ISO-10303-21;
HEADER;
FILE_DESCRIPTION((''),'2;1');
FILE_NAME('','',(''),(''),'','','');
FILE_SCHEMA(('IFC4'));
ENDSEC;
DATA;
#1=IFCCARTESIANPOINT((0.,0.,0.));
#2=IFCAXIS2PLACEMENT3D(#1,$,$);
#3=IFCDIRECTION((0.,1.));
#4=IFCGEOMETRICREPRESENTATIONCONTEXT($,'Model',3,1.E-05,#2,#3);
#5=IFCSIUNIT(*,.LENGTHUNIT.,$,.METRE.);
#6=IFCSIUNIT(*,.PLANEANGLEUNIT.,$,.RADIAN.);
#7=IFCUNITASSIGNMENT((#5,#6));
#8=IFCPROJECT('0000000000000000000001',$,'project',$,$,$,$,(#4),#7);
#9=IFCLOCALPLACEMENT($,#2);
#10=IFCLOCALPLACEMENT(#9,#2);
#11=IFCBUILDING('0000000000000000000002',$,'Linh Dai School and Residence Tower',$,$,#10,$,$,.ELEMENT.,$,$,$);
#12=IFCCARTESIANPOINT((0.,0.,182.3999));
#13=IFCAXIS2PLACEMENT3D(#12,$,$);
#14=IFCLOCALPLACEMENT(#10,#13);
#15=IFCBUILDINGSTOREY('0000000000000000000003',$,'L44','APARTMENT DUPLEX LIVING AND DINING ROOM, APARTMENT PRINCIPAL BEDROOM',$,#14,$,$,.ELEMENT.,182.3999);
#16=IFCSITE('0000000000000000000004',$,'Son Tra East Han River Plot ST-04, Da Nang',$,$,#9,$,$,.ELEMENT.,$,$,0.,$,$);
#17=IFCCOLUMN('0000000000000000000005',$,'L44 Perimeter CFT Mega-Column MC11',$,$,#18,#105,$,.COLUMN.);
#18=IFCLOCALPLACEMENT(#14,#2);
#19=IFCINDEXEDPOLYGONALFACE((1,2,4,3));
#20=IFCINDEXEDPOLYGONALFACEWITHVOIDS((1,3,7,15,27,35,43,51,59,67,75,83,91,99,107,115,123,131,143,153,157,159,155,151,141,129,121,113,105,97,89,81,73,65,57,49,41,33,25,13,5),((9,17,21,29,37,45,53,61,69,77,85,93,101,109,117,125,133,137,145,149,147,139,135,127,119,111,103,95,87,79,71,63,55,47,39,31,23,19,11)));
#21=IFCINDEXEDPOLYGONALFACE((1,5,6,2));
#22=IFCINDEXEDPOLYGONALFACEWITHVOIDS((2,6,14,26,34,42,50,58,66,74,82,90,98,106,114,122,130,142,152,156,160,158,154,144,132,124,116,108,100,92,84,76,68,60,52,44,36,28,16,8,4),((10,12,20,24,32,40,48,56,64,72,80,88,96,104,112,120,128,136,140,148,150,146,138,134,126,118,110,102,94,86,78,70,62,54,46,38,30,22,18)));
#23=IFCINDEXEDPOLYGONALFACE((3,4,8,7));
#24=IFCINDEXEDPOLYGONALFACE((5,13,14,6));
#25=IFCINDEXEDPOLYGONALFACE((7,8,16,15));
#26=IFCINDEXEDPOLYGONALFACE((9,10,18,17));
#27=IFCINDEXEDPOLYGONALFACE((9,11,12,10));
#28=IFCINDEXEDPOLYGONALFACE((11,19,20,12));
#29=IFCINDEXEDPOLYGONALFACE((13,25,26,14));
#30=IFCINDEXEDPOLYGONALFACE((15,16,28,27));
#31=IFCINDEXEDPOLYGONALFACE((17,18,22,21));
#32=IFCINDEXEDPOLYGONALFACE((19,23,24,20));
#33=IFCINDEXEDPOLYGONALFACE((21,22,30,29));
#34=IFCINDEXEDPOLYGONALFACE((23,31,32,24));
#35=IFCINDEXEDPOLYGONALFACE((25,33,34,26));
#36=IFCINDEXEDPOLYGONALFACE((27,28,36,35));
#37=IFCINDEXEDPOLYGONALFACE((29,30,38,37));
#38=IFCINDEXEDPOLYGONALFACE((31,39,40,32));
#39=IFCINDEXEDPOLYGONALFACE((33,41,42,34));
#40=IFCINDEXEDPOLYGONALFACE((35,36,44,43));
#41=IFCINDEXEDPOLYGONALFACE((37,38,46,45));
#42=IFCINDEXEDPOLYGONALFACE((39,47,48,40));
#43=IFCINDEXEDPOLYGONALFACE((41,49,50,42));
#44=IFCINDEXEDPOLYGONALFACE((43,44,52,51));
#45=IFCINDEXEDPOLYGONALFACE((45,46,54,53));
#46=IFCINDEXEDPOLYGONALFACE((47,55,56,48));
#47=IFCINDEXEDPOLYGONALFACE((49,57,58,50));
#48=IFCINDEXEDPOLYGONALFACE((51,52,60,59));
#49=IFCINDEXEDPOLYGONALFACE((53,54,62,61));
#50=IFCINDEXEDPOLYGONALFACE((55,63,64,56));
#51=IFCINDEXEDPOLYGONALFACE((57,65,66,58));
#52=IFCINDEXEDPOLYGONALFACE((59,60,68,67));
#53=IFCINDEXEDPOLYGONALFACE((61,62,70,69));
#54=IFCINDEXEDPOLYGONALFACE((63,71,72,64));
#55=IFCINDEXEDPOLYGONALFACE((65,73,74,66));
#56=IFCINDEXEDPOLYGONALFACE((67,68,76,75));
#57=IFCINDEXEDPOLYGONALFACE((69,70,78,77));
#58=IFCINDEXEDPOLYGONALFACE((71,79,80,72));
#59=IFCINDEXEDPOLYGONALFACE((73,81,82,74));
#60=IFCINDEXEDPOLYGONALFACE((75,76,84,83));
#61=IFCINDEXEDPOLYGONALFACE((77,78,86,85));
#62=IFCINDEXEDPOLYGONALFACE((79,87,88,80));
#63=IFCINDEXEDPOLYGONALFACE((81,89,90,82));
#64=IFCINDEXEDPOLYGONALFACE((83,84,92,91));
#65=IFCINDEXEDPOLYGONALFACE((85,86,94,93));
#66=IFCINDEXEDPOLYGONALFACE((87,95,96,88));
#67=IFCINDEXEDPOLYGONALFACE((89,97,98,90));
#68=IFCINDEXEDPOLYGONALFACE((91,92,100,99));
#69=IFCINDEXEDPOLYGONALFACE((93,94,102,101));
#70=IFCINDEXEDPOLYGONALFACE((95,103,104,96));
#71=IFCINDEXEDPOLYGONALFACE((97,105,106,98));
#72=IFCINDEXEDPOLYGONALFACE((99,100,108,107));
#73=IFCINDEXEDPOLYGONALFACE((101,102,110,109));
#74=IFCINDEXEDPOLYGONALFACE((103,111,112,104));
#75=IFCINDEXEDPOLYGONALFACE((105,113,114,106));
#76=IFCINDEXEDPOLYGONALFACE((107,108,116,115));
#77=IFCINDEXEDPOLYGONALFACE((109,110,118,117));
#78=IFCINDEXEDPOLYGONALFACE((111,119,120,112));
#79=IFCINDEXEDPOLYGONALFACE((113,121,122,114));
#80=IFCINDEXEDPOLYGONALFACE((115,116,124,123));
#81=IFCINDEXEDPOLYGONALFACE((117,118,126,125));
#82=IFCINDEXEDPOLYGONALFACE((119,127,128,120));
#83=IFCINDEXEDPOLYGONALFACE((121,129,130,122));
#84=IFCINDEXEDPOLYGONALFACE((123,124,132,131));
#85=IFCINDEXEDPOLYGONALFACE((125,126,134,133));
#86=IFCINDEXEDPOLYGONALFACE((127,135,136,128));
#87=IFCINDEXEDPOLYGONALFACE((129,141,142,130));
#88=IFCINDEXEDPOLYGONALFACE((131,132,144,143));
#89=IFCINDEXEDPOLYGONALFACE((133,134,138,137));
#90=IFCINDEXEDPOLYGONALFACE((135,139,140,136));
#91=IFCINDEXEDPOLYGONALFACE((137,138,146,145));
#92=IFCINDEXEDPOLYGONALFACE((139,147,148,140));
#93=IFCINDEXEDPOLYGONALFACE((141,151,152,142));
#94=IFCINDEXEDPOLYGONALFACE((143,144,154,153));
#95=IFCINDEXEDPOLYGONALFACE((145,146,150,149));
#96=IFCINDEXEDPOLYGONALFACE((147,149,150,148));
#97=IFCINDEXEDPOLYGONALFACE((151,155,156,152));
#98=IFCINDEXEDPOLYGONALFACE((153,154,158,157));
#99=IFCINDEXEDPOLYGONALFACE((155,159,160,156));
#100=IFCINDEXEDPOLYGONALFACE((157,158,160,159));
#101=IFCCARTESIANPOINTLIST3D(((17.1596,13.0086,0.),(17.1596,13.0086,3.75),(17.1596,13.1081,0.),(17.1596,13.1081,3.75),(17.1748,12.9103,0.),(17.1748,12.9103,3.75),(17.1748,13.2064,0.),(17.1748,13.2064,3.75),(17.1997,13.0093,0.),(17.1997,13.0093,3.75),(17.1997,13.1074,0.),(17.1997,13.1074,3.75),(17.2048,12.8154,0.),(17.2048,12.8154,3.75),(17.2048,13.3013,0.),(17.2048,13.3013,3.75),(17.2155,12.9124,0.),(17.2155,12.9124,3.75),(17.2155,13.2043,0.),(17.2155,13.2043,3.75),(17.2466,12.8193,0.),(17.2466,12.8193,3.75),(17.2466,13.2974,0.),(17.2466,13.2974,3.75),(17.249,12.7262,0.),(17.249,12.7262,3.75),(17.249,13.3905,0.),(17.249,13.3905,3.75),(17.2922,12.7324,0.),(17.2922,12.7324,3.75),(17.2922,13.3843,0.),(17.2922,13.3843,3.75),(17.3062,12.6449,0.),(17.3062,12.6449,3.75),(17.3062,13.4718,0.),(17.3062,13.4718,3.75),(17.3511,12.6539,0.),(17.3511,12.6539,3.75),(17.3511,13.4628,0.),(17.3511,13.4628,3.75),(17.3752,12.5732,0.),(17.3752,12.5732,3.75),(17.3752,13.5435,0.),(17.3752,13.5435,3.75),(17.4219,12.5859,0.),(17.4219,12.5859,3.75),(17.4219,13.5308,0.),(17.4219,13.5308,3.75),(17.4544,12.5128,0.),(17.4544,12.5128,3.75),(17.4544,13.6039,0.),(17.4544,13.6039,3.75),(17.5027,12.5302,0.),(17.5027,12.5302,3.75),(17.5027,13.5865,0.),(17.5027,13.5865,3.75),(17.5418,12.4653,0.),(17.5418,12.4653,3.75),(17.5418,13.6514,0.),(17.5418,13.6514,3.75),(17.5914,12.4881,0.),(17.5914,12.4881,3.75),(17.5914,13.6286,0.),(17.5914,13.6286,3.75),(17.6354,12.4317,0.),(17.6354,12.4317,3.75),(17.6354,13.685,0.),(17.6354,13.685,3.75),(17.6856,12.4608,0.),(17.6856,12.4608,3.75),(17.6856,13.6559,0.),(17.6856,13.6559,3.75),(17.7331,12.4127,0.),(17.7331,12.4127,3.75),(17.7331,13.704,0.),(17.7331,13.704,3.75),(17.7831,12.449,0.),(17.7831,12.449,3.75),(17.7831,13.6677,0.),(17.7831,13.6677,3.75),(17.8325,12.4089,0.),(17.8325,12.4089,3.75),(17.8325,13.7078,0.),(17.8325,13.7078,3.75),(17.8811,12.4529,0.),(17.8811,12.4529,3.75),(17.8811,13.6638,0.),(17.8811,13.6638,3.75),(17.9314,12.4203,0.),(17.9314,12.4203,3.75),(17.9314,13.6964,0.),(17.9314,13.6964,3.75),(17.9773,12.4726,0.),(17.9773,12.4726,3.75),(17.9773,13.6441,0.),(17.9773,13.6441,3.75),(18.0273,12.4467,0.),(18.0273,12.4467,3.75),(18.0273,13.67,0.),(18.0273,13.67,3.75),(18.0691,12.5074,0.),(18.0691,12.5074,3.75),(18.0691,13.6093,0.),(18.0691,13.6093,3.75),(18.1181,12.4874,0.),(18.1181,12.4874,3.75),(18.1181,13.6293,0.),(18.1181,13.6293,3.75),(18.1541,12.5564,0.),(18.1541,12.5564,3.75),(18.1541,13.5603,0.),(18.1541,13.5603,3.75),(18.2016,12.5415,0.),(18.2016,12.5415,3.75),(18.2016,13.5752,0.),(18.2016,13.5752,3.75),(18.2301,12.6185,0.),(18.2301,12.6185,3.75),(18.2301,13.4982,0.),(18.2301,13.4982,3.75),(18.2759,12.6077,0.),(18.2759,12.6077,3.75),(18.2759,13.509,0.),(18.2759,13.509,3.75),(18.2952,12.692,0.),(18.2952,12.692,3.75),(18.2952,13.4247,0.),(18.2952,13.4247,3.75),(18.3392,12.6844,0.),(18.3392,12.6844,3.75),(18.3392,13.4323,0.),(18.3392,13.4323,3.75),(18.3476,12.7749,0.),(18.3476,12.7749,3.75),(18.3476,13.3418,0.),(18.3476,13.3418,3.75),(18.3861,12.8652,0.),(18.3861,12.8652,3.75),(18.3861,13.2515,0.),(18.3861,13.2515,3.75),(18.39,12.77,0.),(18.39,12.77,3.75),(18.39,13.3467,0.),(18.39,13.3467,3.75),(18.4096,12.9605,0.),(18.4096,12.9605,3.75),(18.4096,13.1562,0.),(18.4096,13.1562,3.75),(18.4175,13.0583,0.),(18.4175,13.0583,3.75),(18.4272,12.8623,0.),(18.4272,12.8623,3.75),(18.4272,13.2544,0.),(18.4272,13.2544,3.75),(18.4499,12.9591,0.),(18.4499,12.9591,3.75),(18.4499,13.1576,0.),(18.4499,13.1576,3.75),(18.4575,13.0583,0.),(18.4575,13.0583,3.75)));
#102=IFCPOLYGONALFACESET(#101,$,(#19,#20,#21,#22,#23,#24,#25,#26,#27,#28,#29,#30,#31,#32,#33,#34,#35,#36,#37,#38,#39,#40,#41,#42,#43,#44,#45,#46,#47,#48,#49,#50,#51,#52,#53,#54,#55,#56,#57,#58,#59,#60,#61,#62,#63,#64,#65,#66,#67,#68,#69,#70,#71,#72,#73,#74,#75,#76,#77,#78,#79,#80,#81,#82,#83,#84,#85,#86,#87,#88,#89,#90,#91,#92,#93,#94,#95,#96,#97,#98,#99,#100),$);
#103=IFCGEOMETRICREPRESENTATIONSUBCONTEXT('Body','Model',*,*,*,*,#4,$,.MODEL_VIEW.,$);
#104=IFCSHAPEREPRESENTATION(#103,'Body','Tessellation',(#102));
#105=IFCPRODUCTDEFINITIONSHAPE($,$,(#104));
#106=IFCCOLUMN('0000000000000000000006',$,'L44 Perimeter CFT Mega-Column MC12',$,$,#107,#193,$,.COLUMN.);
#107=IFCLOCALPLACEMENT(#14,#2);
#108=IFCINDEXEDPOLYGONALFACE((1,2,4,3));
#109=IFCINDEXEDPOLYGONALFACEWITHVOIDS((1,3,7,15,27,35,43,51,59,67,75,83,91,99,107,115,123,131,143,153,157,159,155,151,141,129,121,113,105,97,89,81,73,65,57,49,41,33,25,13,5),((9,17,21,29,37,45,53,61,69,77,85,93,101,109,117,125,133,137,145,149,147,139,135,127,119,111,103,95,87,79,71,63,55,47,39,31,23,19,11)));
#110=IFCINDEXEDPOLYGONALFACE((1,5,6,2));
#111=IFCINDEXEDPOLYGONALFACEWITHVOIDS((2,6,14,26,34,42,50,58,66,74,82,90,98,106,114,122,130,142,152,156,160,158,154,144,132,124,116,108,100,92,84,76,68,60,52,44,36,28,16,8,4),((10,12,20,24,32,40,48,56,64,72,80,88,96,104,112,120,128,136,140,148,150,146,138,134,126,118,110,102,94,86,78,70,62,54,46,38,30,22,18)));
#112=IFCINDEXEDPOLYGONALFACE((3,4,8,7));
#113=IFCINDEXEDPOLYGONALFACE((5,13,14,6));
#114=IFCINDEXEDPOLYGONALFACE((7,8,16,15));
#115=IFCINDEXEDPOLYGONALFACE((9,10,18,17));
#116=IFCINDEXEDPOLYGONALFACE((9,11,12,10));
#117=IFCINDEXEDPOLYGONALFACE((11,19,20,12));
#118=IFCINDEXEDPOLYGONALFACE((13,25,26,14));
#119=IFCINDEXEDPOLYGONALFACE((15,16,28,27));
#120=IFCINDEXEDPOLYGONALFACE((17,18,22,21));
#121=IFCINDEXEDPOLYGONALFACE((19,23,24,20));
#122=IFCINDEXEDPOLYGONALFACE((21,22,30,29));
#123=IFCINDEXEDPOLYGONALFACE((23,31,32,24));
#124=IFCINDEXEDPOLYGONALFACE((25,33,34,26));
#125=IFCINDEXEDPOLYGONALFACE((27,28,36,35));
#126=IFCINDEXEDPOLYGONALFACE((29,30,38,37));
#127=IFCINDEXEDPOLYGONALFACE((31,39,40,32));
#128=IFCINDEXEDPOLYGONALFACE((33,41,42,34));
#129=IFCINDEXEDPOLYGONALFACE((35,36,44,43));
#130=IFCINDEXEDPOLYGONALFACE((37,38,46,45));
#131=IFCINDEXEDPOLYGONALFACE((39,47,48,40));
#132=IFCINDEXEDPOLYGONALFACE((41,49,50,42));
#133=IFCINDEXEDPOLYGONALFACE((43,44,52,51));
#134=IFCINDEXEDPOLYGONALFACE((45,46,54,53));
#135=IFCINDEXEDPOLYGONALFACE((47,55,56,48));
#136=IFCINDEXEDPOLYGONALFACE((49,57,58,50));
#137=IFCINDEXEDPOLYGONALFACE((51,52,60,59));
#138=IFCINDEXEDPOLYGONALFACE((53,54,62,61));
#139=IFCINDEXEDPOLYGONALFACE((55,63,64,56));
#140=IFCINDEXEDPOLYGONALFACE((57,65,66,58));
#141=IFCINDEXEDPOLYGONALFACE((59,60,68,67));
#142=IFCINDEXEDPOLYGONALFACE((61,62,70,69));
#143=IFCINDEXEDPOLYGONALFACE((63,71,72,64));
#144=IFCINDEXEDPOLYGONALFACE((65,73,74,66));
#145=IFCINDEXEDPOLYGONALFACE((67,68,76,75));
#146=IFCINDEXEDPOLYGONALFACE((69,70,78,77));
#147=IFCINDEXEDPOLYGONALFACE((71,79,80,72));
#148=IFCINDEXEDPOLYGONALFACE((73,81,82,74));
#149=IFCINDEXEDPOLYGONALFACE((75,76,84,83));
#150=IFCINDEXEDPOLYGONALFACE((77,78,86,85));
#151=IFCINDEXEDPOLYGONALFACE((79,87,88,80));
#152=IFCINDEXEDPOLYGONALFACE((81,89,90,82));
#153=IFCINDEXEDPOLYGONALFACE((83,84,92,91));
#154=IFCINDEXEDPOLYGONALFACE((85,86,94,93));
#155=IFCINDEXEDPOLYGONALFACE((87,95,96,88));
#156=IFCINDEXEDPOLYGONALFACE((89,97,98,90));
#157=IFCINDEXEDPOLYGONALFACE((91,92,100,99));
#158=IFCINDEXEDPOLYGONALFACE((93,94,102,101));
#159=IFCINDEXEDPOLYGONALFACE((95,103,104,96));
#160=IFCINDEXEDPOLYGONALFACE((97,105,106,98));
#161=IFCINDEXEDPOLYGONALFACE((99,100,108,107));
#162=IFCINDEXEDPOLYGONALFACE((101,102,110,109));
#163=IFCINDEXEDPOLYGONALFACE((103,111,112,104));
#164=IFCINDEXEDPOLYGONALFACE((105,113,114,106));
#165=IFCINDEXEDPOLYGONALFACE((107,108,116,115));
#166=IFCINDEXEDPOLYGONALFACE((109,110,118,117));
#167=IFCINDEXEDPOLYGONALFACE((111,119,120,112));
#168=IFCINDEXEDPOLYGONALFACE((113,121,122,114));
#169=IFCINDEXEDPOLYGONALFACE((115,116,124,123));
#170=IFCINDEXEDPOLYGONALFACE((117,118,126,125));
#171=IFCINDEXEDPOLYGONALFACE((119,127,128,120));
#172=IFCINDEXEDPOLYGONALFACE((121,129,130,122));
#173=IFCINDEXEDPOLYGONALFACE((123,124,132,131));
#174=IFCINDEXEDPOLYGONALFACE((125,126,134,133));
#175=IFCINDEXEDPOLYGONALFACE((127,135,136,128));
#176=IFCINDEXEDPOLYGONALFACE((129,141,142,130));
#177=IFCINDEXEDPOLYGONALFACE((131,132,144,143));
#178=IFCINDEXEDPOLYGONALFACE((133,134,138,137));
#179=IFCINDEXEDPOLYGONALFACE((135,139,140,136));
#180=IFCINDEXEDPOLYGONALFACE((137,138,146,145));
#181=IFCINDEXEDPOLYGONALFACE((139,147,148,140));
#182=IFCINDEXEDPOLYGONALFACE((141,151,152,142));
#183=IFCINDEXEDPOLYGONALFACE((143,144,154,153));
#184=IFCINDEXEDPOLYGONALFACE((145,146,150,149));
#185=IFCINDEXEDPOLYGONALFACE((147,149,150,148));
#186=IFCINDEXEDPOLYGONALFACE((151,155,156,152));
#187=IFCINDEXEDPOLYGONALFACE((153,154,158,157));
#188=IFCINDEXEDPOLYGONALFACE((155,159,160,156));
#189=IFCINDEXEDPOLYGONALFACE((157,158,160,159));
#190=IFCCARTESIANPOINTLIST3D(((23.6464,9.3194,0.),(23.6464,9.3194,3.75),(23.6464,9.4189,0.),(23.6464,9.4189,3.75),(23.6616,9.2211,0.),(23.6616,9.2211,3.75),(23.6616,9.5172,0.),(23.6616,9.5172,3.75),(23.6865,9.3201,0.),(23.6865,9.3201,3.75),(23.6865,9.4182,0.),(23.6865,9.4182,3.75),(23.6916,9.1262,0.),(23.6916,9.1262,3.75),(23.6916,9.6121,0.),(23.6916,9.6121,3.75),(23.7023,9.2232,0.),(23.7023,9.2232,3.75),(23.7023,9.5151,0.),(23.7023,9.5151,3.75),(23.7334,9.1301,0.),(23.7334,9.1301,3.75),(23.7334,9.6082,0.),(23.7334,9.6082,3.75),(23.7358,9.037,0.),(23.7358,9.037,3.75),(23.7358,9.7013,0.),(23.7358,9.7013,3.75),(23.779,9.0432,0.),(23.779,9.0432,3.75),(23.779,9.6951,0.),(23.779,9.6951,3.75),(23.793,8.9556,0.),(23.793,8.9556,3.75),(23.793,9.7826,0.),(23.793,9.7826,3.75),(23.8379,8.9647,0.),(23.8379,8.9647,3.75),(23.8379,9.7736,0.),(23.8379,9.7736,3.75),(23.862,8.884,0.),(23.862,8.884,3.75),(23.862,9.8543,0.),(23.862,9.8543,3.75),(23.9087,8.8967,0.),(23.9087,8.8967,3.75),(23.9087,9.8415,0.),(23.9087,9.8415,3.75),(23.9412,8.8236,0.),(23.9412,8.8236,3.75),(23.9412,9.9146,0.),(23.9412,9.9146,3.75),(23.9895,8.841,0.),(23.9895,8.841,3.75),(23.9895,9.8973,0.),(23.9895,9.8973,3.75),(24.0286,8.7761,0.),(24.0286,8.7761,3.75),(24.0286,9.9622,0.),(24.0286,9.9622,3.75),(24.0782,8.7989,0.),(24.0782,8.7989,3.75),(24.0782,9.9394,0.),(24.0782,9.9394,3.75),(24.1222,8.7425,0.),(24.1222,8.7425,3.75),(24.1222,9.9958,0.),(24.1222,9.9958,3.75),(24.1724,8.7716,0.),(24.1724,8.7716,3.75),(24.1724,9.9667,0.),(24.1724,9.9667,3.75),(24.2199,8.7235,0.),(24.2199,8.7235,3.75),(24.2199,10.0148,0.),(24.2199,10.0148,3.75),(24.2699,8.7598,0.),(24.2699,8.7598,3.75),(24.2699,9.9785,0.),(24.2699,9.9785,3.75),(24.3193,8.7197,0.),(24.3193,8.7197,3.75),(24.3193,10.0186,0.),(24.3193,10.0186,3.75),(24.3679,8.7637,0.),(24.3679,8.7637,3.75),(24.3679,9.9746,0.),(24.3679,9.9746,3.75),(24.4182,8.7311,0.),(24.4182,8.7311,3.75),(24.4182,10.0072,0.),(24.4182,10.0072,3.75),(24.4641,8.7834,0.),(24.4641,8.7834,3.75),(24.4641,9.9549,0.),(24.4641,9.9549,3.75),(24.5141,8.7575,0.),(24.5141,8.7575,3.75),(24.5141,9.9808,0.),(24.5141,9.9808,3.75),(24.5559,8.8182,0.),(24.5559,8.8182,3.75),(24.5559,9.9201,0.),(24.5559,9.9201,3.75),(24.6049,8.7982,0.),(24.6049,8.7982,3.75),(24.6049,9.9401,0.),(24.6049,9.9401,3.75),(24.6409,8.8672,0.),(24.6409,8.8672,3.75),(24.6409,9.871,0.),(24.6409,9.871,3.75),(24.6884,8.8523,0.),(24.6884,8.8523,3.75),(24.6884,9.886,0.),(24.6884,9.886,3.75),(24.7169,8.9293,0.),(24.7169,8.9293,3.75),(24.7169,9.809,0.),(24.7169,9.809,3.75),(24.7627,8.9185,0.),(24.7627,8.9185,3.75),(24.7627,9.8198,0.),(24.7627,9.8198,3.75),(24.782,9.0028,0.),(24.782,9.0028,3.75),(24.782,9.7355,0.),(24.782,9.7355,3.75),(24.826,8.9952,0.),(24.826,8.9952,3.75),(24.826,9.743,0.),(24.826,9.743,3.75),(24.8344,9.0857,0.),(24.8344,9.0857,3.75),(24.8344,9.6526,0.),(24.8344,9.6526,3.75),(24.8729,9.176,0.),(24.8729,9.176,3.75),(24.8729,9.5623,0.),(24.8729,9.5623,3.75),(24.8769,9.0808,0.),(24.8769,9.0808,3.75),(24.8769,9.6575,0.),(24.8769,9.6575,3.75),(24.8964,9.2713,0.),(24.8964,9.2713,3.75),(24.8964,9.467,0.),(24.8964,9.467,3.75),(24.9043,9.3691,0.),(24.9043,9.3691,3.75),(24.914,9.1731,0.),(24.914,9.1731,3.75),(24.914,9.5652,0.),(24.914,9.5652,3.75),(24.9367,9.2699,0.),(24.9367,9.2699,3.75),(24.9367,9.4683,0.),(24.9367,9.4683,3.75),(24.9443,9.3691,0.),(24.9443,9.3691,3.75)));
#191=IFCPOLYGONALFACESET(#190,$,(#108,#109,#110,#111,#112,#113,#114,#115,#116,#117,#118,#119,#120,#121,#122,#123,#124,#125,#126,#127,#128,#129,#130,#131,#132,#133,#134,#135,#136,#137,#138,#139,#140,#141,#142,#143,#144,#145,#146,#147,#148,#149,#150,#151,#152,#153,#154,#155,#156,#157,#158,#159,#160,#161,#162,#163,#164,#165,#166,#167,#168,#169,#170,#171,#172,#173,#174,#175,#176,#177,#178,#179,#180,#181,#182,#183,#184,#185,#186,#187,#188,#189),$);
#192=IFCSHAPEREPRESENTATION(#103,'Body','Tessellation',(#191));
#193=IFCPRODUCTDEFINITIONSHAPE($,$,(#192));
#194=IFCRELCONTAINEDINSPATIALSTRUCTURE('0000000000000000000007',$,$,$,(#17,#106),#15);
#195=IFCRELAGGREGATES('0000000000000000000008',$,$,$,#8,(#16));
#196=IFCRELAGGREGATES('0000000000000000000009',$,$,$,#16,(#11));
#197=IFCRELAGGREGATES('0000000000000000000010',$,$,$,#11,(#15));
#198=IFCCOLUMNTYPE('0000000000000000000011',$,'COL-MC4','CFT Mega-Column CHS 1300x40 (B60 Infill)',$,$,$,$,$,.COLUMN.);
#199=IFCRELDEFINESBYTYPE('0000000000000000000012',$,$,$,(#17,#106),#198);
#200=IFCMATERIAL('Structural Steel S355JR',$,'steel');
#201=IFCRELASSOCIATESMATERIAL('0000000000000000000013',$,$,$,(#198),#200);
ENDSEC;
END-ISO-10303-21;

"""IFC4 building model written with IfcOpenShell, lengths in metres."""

from ifc_helpers import new_model, si_unit, direction, frame, origin, origin_2d, place, context, subcontext, project, spatial, hollow_circle, extrude, material, material_profile, profile_set, type_object, element, save


model = new_model("IFC4")

# Units and contexts
model_context = context("Model", 3, precision=1e-05, world=origin(), true_north=direction((0.0, 1.0)))
body_context = subcontext(model_context, "Body", "Model", "MODEL_VIEW")
ifc_project = project(units=[si_unit("LENGTHUNIT", "METRE"), si_unit("PLANEANGLEUNIT", "RADIAN")], contexts=[model_context])

# Site, building, storey
site_placement = place(None, origin())
site = spatial("IfcSite", under=ifc_project, at=site_placement, Name="Son Tra East Han River Plot ST-04, Da Nang", CompositionType="ELEMENT", RefElevation=0.0)
building_placement = place(site_placement, origin())
building = spatial("IfcBuilding", under=site, at=building_placement, Name="Linh Dai School and Residence Tower", CompositionType="ELEMENT")
storey_placement = place(building_placement, frame((0.0, 0.0, 182.3999)))
storey = spatial("IfcBuildingStorey", under=building, at=storey_placement, Name="L44", Description="APARTMENT DUPLEX LIVING AND DINING ROOM, APARTMENT PRINCIPAL BEDROOM", CompositionType="ELEMENT", Elevation=182.3999)

# Columns
ifc_material_1 = material(Name="Structural Steel S355JR", Category="steel")
ifc_material_profile_1 = material_profile(ifc_material_1, hollow_circle(Radius=0.6499, WallThickness=0.04, at=origin_2d()), Name="CHS 1300x40")
ifc_profile_set_1 = profile_set([ifc_material_profile_1], Name="Structural Steel S355JR")
column_type = type_object("IfcColumnType", Name="COL-MC4", Description="CFT Mega-Column CHS 1300x40 (B60 Infill)", PredefinedType="COLUMN", material=ifc_profile_set_1)
for number, where, z_axis, x_axis, name in (
    (1, (17.8076, 13.0583, 0.0), (0.0, 0.0, 1.0), (1.0, 0.0, 0.0), "L44 Perimeter CFT Mega-Column MC11"),
    (2, (24.2944, 9.3691, 0.0), (0.0, 0.0, 1.0), (1.0, 0.0, 0.0), "L44 Perimeter CFT Mega-Column MC12"),
):
    element("IfcColumn", number, at=place(storey_placement, frame(where, z_axis=z_axis, x_axis=x_axis)), inside=storey, type_object=column_type, Name=name, PredefinedType="COLUMN", context=body_context, shape_type="SweptSolid", body=[
        extrude(hollow_circle(Radius=0.6499, WallThickness=0.04, at=origin_2d()), origin(), (0.0, 0.0, 1.0), 3.75),
    ])

save(model, "model.ifc")
